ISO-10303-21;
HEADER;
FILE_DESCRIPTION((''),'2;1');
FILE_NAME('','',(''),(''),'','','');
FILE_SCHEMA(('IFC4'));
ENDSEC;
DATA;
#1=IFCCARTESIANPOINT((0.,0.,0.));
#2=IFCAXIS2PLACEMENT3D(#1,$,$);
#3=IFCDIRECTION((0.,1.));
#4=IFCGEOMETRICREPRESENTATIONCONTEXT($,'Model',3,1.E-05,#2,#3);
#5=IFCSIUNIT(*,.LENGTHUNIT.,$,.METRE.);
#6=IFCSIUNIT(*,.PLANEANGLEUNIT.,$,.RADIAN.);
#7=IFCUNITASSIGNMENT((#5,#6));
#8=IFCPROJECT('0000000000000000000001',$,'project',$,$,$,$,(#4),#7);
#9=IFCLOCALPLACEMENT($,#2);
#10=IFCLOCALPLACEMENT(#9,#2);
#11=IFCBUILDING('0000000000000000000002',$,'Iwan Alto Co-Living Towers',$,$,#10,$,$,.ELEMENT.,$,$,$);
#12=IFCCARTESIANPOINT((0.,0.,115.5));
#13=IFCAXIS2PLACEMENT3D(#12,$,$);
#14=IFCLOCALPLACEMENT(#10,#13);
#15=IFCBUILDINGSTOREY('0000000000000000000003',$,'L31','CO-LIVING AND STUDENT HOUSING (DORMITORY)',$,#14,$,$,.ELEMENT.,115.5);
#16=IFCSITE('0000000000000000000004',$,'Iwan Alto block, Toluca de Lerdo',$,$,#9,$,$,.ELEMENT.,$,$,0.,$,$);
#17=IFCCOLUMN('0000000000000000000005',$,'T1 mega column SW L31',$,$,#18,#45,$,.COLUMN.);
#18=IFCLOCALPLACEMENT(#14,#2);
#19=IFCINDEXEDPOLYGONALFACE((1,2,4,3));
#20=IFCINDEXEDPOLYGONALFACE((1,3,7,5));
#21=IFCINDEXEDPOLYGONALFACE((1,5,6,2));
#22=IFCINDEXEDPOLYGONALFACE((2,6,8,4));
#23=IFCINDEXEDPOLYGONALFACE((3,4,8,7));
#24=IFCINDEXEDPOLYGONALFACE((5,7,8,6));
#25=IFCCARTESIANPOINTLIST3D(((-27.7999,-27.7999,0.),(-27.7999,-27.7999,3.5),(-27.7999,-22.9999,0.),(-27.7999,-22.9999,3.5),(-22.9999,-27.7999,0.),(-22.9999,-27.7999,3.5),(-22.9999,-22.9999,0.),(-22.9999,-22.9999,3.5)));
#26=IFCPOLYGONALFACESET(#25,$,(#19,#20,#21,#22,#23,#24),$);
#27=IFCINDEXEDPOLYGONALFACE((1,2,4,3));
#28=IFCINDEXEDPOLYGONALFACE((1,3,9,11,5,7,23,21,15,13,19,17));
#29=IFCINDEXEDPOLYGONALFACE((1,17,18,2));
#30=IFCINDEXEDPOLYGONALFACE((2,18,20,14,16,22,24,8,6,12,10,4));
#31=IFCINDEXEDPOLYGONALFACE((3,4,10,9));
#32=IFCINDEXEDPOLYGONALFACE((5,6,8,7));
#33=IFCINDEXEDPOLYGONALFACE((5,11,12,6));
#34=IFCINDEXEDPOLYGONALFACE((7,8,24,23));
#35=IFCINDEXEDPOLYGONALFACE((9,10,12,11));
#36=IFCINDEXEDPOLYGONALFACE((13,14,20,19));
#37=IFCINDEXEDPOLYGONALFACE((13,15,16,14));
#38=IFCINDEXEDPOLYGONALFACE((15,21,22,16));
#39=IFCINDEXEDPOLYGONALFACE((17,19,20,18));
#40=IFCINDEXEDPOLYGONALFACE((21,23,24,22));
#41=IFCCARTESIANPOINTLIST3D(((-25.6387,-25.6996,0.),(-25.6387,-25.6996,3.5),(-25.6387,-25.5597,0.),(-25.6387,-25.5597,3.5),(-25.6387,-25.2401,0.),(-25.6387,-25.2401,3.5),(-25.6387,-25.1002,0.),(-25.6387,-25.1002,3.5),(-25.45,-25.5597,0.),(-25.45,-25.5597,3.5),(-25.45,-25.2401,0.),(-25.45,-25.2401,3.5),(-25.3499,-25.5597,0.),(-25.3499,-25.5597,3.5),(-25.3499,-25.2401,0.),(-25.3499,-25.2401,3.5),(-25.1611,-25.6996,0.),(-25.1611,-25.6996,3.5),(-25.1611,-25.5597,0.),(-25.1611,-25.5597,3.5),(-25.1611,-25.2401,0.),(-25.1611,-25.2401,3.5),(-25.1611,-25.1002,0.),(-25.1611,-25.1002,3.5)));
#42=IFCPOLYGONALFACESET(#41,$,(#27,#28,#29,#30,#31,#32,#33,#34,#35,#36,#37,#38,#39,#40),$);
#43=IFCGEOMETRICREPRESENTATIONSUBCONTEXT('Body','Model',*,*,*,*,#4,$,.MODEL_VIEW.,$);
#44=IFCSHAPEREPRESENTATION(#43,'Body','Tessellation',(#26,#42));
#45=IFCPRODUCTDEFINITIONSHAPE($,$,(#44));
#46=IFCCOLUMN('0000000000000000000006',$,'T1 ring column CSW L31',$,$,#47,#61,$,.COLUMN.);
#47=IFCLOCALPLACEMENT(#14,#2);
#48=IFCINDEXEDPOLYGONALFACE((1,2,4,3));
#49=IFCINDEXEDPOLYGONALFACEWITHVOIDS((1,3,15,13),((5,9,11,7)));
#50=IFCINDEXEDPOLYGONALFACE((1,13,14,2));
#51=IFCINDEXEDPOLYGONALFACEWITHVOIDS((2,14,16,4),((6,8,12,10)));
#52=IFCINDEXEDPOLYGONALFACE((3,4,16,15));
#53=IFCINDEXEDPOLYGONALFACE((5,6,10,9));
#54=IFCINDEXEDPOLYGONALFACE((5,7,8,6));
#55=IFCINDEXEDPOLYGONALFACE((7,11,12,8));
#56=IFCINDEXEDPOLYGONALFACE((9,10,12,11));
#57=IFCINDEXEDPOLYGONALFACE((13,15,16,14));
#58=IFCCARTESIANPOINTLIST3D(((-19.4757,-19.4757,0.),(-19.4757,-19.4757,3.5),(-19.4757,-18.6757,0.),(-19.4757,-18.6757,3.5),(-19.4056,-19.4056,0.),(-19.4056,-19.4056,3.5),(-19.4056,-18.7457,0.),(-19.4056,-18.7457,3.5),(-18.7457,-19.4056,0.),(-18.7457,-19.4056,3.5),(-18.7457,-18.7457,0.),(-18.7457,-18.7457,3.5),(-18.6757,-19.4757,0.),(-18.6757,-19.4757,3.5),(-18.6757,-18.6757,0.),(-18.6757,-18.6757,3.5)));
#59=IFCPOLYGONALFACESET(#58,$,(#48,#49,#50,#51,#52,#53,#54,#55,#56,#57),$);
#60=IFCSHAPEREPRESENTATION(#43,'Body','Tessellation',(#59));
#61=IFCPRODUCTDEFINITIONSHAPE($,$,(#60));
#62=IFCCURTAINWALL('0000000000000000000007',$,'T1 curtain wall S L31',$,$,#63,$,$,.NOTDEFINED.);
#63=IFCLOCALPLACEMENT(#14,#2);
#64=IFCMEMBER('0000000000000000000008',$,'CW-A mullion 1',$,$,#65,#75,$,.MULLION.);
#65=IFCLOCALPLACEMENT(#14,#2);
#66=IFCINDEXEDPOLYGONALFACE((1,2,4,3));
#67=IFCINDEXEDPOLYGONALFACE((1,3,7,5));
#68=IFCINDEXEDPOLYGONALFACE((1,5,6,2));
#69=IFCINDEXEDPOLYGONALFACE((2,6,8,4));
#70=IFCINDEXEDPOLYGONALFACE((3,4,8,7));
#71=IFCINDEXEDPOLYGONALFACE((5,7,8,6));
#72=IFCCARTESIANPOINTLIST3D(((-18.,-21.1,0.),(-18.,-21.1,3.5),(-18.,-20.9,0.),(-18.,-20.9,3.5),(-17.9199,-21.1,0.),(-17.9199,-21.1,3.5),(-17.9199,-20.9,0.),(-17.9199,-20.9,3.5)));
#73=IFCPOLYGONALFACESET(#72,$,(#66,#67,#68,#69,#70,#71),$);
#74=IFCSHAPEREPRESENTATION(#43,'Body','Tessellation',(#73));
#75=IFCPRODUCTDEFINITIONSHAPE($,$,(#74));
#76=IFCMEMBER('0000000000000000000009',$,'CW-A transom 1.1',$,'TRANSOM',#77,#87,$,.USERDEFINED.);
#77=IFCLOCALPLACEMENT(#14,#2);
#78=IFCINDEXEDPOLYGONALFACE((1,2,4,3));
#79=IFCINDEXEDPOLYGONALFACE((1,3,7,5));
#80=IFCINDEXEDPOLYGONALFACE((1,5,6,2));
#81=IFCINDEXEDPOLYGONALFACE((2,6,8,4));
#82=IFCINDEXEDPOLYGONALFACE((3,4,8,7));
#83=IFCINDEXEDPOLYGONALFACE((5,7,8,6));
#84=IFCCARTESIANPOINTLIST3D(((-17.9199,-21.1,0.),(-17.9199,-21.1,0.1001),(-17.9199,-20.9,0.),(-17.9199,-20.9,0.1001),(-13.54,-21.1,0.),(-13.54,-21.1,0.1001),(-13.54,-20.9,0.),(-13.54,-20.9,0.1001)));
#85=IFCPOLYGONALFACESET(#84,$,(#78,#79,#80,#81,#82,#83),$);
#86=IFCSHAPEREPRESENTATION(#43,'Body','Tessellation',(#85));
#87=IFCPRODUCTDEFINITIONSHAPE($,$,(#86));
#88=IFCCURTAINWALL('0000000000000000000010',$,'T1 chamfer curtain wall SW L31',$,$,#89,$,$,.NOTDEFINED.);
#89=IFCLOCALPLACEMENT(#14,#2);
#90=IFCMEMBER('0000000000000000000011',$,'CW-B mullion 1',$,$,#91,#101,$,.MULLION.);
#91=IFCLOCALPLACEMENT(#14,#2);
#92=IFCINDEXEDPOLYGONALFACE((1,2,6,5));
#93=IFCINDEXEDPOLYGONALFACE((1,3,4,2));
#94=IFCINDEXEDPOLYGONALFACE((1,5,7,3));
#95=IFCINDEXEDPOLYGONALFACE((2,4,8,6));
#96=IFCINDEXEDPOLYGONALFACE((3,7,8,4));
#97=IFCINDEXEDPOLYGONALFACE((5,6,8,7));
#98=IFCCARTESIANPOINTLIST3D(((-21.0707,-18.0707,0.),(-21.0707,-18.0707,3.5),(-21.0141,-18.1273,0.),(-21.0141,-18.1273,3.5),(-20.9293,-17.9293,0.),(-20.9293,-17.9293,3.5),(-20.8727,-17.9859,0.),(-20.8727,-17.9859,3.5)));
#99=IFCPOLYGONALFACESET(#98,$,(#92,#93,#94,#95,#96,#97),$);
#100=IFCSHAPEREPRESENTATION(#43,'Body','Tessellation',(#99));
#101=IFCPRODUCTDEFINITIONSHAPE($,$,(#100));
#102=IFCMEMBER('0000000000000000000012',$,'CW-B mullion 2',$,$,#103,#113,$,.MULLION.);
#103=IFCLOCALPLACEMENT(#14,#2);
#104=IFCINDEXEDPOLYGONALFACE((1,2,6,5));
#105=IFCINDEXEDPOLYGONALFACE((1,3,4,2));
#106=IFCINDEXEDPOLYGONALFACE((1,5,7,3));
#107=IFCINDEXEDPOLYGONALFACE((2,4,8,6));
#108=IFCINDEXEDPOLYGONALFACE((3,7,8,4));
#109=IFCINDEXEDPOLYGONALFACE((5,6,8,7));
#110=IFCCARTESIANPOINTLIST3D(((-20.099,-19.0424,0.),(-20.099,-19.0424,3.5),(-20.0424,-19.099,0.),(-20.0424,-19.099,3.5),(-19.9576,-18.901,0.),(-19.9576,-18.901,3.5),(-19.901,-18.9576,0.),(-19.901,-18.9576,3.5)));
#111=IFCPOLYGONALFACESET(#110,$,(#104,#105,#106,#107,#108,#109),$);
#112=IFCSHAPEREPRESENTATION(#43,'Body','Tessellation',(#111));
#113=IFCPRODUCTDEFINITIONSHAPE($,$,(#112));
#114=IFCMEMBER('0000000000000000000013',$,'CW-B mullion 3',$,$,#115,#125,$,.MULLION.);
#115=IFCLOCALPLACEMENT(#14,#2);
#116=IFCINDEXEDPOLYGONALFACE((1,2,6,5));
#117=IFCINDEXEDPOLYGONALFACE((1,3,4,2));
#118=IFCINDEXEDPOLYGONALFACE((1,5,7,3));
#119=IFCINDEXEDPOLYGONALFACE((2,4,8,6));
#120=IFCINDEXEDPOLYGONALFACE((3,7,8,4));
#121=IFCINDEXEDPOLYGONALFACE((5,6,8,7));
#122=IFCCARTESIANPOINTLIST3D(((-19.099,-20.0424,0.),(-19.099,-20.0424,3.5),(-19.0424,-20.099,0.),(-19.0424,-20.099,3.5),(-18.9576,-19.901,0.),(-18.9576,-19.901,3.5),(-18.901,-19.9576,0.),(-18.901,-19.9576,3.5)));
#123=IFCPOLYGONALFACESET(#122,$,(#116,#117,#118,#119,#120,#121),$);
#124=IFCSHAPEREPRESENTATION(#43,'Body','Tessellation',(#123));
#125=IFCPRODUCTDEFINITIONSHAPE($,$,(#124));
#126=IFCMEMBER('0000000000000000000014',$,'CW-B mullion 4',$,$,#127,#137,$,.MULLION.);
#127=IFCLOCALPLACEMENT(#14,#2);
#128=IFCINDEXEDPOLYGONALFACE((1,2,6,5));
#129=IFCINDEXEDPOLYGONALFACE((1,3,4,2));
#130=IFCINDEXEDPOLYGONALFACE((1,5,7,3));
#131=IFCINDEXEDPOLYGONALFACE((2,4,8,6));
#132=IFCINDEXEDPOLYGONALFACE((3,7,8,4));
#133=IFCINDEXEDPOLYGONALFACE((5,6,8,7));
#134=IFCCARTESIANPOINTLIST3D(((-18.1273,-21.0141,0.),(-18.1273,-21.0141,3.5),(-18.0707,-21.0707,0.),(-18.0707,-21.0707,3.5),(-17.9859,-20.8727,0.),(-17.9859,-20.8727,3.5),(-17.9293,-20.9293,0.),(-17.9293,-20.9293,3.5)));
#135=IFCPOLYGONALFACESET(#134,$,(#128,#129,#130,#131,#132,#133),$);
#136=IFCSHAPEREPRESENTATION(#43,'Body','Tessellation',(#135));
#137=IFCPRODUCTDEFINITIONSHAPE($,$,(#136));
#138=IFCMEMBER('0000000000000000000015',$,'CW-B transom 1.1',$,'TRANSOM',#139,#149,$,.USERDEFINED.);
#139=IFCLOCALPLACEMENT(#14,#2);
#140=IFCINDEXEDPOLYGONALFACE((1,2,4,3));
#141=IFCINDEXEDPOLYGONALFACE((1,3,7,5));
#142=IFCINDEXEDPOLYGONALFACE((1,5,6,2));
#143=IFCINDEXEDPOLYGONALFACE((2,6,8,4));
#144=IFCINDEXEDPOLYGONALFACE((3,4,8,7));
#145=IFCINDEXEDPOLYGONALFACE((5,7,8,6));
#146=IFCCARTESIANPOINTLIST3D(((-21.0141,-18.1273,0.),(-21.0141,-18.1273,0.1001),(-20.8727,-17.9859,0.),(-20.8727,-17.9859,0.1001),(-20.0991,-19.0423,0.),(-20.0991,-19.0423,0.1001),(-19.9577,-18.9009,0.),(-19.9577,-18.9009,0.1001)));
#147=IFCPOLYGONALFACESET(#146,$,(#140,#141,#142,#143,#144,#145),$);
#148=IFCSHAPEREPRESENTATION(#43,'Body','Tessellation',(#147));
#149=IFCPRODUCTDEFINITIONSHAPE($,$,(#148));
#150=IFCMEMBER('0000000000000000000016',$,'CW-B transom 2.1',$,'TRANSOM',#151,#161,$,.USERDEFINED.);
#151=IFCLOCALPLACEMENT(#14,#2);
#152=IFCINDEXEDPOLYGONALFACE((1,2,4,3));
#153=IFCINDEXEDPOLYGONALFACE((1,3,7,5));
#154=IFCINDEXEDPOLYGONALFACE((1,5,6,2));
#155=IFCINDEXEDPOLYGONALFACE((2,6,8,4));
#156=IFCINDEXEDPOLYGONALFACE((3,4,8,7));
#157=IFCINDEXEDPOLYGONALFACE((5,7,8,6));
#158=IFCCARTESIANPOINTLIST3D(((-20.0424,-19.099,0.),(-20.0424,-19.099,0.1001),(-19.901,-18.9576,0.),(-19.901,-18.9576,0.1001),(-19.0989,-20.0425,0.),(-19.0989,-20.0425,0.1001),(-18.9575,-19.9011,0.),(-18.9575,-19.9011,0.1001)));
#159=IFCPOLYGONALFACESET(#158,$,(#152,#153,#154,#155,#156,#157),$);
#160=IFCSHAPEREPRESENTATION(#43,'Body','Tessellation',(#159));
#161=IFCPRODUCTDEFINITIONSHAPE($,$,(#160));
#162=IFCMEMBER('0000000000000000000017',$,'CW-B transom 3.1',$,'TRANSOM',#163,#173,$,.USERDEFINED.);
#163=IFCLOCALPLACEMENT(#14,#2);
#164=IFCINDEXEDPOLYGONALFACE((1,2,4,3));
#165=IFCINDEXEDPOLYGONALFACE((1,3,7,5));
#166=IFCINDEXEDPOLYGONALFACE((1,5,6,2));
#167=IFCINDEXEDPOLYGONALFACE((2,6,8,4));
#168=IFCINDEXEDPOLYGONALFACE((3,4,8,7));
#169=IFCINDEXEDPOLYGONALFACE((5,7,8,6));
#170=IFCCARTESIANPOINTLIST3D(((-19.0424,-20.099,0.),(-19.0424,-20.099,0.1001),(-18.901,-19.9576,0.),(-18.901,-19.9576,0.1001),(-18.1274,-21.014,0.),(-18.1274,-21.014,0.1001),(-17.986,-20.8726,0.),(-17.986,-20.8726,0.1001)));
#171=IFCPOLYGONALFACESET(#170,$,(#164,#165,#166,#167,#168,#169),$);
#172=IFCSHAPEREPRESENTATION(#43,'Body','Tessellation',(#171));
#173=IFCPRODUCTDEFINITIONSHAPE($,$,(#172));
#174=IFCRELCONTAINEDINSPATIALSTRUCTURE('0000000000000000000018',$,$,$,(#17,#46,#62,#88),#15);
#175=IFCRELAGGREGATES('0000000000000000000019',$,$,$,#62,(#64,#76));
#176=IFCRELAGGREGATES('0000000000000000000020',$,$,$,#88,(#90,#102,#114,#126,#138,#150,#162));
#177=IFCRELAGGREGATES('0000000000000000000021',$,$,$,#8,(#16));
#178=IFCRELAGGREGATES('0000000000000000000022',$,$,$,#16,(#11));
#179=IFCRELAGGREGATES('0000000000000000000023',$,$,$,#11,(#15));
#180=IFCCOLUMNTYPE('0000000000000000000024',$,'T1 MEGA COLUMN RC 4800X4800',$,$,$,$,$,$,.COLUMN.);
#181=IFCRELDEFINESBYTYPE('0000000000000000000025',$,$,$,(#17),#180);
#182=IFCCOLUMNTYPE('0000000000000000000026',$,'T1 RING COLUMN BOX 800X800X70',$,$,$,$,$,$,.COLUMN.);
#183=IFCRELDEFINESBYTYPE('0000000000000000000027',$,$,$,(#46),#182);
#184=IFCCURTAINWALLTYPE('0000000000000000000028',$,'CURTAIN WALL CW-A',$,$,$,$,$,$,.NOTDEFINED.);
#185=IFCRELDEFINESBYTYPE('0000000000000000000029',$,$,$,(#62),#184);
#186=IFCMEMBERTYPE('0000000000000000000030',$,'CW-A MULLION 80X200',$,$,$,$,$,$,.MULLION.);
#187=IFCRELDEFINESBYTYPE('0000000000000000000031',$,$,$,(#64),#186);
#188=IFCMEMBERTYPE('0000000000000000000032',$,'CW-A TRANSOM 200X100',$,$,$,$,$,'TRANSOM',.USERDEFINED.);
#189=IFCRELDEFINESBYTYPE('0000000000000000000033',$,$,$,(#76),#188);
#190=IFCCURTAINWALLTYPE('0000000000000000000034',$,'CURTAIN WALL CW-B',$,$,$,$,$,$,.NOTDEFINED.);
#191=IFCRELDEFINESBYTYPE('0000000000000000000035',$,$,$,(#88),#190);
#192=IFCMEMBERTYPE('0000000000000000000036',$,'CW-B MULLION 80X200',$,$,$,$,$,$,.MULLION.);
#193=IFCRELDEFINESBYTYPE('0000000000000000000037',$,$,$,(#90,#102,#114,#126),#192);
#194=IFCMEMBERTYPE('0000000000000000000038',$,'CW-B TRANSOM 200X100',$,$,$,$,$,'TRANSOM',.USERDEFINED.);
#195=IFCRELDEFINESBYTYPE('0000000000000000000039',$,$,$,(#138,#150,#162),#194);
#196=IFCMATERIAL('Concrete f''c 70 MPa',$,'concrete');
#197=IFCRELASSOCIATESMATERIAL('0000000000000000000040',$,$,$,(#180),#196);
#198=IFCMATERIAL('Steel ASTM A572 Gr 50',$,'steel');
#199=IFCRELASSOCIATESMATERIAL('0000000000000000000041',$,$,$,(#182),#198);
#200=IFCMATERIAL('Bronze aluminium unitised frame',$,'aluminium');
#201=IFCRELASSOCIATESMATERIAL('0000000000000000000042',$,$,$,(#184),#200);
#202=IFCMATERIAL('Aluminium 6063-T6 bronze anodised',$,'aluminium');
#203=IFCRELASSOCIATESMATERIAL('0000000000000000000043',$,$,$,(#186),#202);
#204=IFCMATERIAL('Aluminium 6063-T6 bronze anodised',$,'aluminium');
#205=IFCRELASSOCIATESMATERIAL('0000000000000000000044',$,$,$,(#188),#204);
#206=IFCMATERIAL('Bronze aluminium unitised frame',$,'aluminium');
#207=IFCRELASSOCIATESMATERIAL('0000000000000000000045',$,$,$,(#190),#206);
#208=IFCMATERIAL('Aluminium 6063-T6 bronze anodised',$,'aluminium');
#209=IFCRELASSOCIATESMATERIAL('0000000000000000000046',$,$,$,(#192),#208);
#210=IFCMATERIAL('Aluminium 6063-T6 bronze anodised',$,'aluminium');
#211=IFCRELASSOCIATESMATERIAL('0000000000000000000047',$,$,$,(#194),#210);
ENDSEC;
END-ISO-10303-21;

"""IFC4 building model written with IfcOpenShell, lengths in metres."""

from ifc_helpers import new_model, si_unit, direction, frame, origin, origin_2d, place, context, subcontext, project, spatial, rectangle, hollow_rectangle, i_section, extrude, material, material_profile, profile_set, type_object, element, aggregate, save


model = new_model("IFC4")

# Units and contexts
model_context = context("Model", 3, precision=1e-05, world=origin(), true_north=direction((0.0, 1.0)))
body_context = subcontext(model_context, "Body", "Model", "MODEL_VIEW")
ifc_project = project(units=[si_unit("LENGTHUNIT", "METRE"), si_unit("PLANEANGLEUNIT", "RADIAN")], contexts=[model_context])

# Site, building, storey
site_placement = place(None, origin())
site = spatial("IfcSite", under=ifc_project, at=site_placement, Name="Iwan Alto block, Toluca de Lerdo", CompositionType="ELEMENT", RefElevation=0.0)
building_placement = place(site_placement, origin())
building = spatial("IfcBuilding", under=site, at=building_placement, Name="Iwan Alto Co-Living Towers", CompositionType="ELEMENT")
storey_placement = place(building_placement, frame((0.0, 0.0, 115.5)))
storey = spatial("IfcBuildingStorey", under=building, at=storey_placement, Name="L31", Description="CO-LIVING AND STUDENT HOUSING (DORMITORY)", CompositionType="ELEMENT", Elevation=115.5)

# Columns
ifc_material_1 = material(Name="Concrete f'c 70 MPa", Category="concrete")
ifc_material_profile_1 = material_profile(ifc_material_1, rectangle(XDim=4.8, YDim=4.8, at=origin_2d()), Name="RC 4800X4800")
ifc_profile_set_1 = profile_set([ifc_material_profile_1], Name="Concrete f'c 70 MPa")
column_type_1 = type_object("IfcColumnType", Name="T1 MEGA COLUMN RC 4800X4800", PredefinedType="COLUMN", material=ifc_profile_set_1)
column_1_placement = place(storey_placement, frame((-25.3999, -25.3999, 0.0), z_axis=(0.0, 0.0, 1.0), x_axis=(1.0, 0.0, 0.0)))
element("IfcColumn", 1, at=column_1_placement, inside=storey, type_object=column_type_1, Name="T1 mega column SW L31", PredefinedType="COLUMN", context=body_context, shape_type="SweptSolid", body=[
    extrude(rectangle(XDim=4.8, YDim=4.8, at=origin_2d()), origin(), (0.0, 0.0, 1.0), 3.5),
    extrude(i_section(OverallWidth=0.4775, OverallDepth=0.5994, WebThickness=0.1001, FlangeThickness=0.1399, at=origin_2d()), origin(), (0.0, 0.0, 1.0), 3.5),
])
ifc_material_2 = material(Name="Steel ASTM A572 Gr 50", Category="steel")
ifc_material_profile_2 = material_profile(ifc_material_2, hollow_rectangle(XDim=0.8, YDim=0.8, WallThickness=0.0701, at=origin_2d()), Name="BOX 800X800X70")
ifc_profile_set_2 = profile_set([ifc_material_profile_2], Name="Steel ASTM A572 Gr 50")
column_type_2 = type_object("IfcColumnType", Name="T1 RING COLUMN BOX 800X800X70", PredefinedType="COLUMN", material=ifc_profile_set_2)
column_2_placement = place(storey_placement, frame((-19.0757, -19.0757, 0.0), z_axis=(0.0, 0.0, 1.0), x_axis=(1.0, 0.0, 0.0)))
element("IfcColumn", 2, at=column_2_placement, inside=storey, type_object=column_type_2, Name="T1 ring column CSW L31", PredefinedType="COLUMN", context=body_context, shape_type="SweptSolid", body=[
    extrude(hollow_rectangle(XDim=0.8, YDim=0.8, WallThickness=0.0701, at=origin_2d()), origin(), (0.0, 0.0, 1.0), 3.5),
])

# Curtain walls, members
ifc_material_3 = material(Name="Bronze aluminium unitised frame", Category="aluminium")
curtain_wall_type_1 = type_object("IfcCurtainWallType", Name="CURTAIN WALL CW-A", PredefinedType="NOTDEFINED", material=ifc_material_3)
curtain_wall_1_placement = place(storey_placement, origin())
curtain_wall_1 = element("IfcCurtainWall", 3, at=curtain_wall_1_placement, inside=storey, type_object=curtain_wall_type_1, Name="T1 curtain wall S L31", PredefinedType="NOTDEFINED")
ifc_material_4 = material(Name="Aluminium 6063-T6 bronze anodised", Category="aluminium")
ifc_material_profile_3 = material_profile(ifc_material_4, rectangle(XDim=0.2, YDim=0.0801, at=origin_2d()), Name="AL 80X200")
ifc_profile_set_3 = profile_set([ifc_material_profile_3], Name="Aluminium 6063-T6 bronze anodised")
member_type_1 = type_object("IfcMemberType", Name="CW-A MULLION 80X200", PredefinedType="MULLION", material=ifc_profile_set_3)
member_1_placement = place(storey_placement, frame((-17.96, -21.0, 0.0), z_axis=(0.0, 0.0, 1.0), x_axis=(0.0, 1.0, 0.0)))
member_1 = element("IfcMember", 4, at=member_1_placement, type_object=member_type_1, Name="CW-A mullion 1", PredefinedType="MULLION", context=body_context, shape_type="SweptSolid", body=[
    extrude(rectangle(XDim=0.2, YDim=0.0801, at=origin_2d()), origin(), (0.0, 0.0, 1.0), 3.5),
])
ifc_material_5 = material(Name="Aluminium 6063-T6 bronze anodised", Category="aluminium")
ifc_material_profile_4 = material_profile(ifc_material_5, rectangle(XDim=0.2, YDim=0.1001, at=origin_2d()), Name="AL 200X100")
ifc_profile_set_4 = profile_set([ifc_material_profile_4], Name="Aluminium 6063-T6 bronze anodised")
member_type_2 = type_object("IfcMemberType", Name="CW-A TRANSOM 200X100", ElementType="TRANSOM", PredefinedType="USERDEFINED", material=ifc_profile_set_4)
member_2_placement = place(storey_placement, frame((-17.9199, -21.0, 0.05), z_axis=(1.0, 0.0, 0.0), x_axis=(0.0, 1.0, 0.0)))
member_2 = element("IfcMember", 5, at=member_2_placement, type_object=member_type_2, Name="CW-A transom 1.1", ObjectType="TRANSOM", PredefinedType="USERDEFINED", context=body_context, shape_type="SweptSolid", body=[
    extrude(rectangle(XDim=0.2, YDim=0.1001, at=origin_2d()), origin(), (0.0, 0.0, 1.0), 4.3799),
])
ifc_material_6 = material(Name="Bronze aluminium unitised frame", Category="aluminium")
curtain_wall_type_2 = type_object("IfcCurtainWallType", Name="CURTAIN WALL CW-B", PredefinedType="NOTDEFINED", material=ifc_material_6)
curtain_wall_2_placement = place(storey_placement, origin())
curtain_wall_2 = element("IfcCurtainWall", 6, at=curtain_wall_2_placement, inside=storey, type_object=curtain_wall_type_2, Name="T1 chamfer curtain wall SW L31", PredefinedType="NOTDEFINED")
ifc_material_7 = material(Name="Aluminium 6063-T6 bronze anodised", Category="aluminium")
ifc_material_profile_5 = material_profile(ifc_material_7, rectangle(XDim=0.2, YDim=0.0801, at=origin_2d()), Name="AL 80X200")
ifc_profile_set_5 = profile_set([ifc_material_profile_5], Name="Aluminium 6063-T6 bronze anodised")
member_type_3 = type_object("IfcMemberType", Name="CW-B MULLION 80X200", PredefinedType="MULLION", material=ifc_profile_set_5)
member_3_placement = place(storey_placement, frame((-20.9717, -18.0283, 0.0), z_axis=(0.0, 0.0, 1.0), x_axis=(0.707107, 0.707107, 0.0)))
member_3 = element("IfcMember", 7, at=member_3_placement, type_object=member_type_3, Name="CW-B mullion 1", PredefinedType="MULLION", context=body_context, shape_type="SweptSolid", body=[
    extrude(rectangle(XDim=0.2, YDim=0.0801, at=origin_2d()), origin(), (0.0, 0.0, 1.0), 3.5),
])
member_4_placement = place(storey_placement, frame((-20.0, -19.0, 0.0), z_axis=(0.0, 0.0, 1.0), x_axis=(0.707107, 0.707107, 0.0)))
member_4 = element("IfcMember", 8, at=member_4_placement, type_object=member_type_3, Name="CW-B mullion 2", PredefinedType="MULLION", context=body_context, shape_type="SweptSolid", body=[
    extrude(rectangle(XDim=0.2, YDim=0.0801, at=origin_2d()), origin(), (0.0, 0.0, 1.0), 3.5),
])
member_5_placement = place(storey_placement, frame((-19.0, -20.0, 0.0), z_axis=(0.0, 0.0, 1.0), x_axis=(0.707107, 0.707107, 0.0)))
member_5 = element("IfcMember", 9, at=member_5_placement, type_object=member_type_3, Name="CW-B mullion 3", PredefinedType="MULLION", context=body_context, shape_type="SweptSolid", body=[
    extrude(rectangle(XDim=0.2, YDim=0.0801, at=origin_2d()), origin(), (0.0, 0.0, 1.0), 3.5),
])
member_6_placement = place(storey_placement, frame((-18.0283, -20.9717, 0.0), z_axis=(0.0, 0.0, 1.0), x_axis=(0.707107, 0.707107, 0.0)))
member_6 = element("IfcMember", 10, at=member_6_placement, type_object=member_type_3, Name="CW-B mullion 4", PredefinedType="MULLION", context=body_context, shape_type="SweptSolid", body=[
    extrude(rectangle(XDim=0.2, YDim=0.0801, at=origin_2d()), origin(), (0.0, 0.0, 1.0), 3.5),
])
ifc_material_8 = material(Name="Aluminium 6063-T6 bronze anodised", Category="aluminium")
ifc_material_profile_6 = material_profile(ifc_material_8, rectangle(XDim=0.2, YDim=0.1001, at=origin_2d()), Name="AL 200X100")
ifc_profile_set_6 = profile_set([ifc_material_profile_6], Name="Aluminium 6063-T6 bronze anodised")
member_type_4 = type_object("IfcMemberType", Name="CW-B TRANSOM 200X100", ElementType="TRANSOM", PredefinedType="USERDEFINED", material=ifc_profile_set_6)
member_7_placement = place(storey_placement, frame((-20.9434, -18.0566, 0.05), z_axis=(0.707107, -0.707107, 0.0), x_axis=(0.707107, 0.707107, 0.0)))
member_7 = element("IfcMember", 11, at=member_7_placement, type_object=member_type_4, Name="CW-B transom 1.1", ObjectType="TRANSOM", PredefinedType="USERDEFINED", context=body_context, shape_type="SweptSolid", body=[
    extrude(rectangle(XDim=0.2, YDim=0.1001, at=origin_2d()), origin(), (0.0, 0.0, 1.0), 1.2939),
])
member_8_placement = place(storey_placement, frame((-19.9717, -19.0283, 0.05), z_axis=(0.707107, -0.707107, 0.0), x_axis=(0.707107, 0.707107, 0.0)))
member_8 = element("IfcMember", 12, at=member_8_placement, type_object=member_type_4, Name="CW-B transom 2.1", ObjectType="TRANSOM", PredefinedType="USERDEFINED", context=body_context, shape_type="SweptSolid", body=[
    extrude(rectangle(XDim=0.2, YDim=0.1001, at=origin_2d()), origin(), (0.0, 0.0, 1.0), 1.3342),
])
member_9_placement = place(storey_placement, frame((-18.9717, -20.0283, 0.05), z_axis=(0.707107, -0.707107, 0.0), x_axis=(0.707107, 0.707107, 0.0)))
member_9 = element("IfcMember", 13, at=member_9_placement, type_object=member_type_4, Name="CW-B transom 3.1", ObjectType="TRANSOM", PredefinedType="USERDEFINED", context=body_context, shape_type="SweptSolid", body=[
    extrude(rectangle(XDim=0.2, YDim=0.1001, at=origin_2d()), origin(), (0.0, 0.0, 1.0), 1.2939),
])

aggregate(curtain_wall_1, [member_1, member_2])
aggregate(curtain_wall_2, [member_3, member_4, member_5, member_6, member_7, member_8, member_9])

save(model, "model.ifc")
